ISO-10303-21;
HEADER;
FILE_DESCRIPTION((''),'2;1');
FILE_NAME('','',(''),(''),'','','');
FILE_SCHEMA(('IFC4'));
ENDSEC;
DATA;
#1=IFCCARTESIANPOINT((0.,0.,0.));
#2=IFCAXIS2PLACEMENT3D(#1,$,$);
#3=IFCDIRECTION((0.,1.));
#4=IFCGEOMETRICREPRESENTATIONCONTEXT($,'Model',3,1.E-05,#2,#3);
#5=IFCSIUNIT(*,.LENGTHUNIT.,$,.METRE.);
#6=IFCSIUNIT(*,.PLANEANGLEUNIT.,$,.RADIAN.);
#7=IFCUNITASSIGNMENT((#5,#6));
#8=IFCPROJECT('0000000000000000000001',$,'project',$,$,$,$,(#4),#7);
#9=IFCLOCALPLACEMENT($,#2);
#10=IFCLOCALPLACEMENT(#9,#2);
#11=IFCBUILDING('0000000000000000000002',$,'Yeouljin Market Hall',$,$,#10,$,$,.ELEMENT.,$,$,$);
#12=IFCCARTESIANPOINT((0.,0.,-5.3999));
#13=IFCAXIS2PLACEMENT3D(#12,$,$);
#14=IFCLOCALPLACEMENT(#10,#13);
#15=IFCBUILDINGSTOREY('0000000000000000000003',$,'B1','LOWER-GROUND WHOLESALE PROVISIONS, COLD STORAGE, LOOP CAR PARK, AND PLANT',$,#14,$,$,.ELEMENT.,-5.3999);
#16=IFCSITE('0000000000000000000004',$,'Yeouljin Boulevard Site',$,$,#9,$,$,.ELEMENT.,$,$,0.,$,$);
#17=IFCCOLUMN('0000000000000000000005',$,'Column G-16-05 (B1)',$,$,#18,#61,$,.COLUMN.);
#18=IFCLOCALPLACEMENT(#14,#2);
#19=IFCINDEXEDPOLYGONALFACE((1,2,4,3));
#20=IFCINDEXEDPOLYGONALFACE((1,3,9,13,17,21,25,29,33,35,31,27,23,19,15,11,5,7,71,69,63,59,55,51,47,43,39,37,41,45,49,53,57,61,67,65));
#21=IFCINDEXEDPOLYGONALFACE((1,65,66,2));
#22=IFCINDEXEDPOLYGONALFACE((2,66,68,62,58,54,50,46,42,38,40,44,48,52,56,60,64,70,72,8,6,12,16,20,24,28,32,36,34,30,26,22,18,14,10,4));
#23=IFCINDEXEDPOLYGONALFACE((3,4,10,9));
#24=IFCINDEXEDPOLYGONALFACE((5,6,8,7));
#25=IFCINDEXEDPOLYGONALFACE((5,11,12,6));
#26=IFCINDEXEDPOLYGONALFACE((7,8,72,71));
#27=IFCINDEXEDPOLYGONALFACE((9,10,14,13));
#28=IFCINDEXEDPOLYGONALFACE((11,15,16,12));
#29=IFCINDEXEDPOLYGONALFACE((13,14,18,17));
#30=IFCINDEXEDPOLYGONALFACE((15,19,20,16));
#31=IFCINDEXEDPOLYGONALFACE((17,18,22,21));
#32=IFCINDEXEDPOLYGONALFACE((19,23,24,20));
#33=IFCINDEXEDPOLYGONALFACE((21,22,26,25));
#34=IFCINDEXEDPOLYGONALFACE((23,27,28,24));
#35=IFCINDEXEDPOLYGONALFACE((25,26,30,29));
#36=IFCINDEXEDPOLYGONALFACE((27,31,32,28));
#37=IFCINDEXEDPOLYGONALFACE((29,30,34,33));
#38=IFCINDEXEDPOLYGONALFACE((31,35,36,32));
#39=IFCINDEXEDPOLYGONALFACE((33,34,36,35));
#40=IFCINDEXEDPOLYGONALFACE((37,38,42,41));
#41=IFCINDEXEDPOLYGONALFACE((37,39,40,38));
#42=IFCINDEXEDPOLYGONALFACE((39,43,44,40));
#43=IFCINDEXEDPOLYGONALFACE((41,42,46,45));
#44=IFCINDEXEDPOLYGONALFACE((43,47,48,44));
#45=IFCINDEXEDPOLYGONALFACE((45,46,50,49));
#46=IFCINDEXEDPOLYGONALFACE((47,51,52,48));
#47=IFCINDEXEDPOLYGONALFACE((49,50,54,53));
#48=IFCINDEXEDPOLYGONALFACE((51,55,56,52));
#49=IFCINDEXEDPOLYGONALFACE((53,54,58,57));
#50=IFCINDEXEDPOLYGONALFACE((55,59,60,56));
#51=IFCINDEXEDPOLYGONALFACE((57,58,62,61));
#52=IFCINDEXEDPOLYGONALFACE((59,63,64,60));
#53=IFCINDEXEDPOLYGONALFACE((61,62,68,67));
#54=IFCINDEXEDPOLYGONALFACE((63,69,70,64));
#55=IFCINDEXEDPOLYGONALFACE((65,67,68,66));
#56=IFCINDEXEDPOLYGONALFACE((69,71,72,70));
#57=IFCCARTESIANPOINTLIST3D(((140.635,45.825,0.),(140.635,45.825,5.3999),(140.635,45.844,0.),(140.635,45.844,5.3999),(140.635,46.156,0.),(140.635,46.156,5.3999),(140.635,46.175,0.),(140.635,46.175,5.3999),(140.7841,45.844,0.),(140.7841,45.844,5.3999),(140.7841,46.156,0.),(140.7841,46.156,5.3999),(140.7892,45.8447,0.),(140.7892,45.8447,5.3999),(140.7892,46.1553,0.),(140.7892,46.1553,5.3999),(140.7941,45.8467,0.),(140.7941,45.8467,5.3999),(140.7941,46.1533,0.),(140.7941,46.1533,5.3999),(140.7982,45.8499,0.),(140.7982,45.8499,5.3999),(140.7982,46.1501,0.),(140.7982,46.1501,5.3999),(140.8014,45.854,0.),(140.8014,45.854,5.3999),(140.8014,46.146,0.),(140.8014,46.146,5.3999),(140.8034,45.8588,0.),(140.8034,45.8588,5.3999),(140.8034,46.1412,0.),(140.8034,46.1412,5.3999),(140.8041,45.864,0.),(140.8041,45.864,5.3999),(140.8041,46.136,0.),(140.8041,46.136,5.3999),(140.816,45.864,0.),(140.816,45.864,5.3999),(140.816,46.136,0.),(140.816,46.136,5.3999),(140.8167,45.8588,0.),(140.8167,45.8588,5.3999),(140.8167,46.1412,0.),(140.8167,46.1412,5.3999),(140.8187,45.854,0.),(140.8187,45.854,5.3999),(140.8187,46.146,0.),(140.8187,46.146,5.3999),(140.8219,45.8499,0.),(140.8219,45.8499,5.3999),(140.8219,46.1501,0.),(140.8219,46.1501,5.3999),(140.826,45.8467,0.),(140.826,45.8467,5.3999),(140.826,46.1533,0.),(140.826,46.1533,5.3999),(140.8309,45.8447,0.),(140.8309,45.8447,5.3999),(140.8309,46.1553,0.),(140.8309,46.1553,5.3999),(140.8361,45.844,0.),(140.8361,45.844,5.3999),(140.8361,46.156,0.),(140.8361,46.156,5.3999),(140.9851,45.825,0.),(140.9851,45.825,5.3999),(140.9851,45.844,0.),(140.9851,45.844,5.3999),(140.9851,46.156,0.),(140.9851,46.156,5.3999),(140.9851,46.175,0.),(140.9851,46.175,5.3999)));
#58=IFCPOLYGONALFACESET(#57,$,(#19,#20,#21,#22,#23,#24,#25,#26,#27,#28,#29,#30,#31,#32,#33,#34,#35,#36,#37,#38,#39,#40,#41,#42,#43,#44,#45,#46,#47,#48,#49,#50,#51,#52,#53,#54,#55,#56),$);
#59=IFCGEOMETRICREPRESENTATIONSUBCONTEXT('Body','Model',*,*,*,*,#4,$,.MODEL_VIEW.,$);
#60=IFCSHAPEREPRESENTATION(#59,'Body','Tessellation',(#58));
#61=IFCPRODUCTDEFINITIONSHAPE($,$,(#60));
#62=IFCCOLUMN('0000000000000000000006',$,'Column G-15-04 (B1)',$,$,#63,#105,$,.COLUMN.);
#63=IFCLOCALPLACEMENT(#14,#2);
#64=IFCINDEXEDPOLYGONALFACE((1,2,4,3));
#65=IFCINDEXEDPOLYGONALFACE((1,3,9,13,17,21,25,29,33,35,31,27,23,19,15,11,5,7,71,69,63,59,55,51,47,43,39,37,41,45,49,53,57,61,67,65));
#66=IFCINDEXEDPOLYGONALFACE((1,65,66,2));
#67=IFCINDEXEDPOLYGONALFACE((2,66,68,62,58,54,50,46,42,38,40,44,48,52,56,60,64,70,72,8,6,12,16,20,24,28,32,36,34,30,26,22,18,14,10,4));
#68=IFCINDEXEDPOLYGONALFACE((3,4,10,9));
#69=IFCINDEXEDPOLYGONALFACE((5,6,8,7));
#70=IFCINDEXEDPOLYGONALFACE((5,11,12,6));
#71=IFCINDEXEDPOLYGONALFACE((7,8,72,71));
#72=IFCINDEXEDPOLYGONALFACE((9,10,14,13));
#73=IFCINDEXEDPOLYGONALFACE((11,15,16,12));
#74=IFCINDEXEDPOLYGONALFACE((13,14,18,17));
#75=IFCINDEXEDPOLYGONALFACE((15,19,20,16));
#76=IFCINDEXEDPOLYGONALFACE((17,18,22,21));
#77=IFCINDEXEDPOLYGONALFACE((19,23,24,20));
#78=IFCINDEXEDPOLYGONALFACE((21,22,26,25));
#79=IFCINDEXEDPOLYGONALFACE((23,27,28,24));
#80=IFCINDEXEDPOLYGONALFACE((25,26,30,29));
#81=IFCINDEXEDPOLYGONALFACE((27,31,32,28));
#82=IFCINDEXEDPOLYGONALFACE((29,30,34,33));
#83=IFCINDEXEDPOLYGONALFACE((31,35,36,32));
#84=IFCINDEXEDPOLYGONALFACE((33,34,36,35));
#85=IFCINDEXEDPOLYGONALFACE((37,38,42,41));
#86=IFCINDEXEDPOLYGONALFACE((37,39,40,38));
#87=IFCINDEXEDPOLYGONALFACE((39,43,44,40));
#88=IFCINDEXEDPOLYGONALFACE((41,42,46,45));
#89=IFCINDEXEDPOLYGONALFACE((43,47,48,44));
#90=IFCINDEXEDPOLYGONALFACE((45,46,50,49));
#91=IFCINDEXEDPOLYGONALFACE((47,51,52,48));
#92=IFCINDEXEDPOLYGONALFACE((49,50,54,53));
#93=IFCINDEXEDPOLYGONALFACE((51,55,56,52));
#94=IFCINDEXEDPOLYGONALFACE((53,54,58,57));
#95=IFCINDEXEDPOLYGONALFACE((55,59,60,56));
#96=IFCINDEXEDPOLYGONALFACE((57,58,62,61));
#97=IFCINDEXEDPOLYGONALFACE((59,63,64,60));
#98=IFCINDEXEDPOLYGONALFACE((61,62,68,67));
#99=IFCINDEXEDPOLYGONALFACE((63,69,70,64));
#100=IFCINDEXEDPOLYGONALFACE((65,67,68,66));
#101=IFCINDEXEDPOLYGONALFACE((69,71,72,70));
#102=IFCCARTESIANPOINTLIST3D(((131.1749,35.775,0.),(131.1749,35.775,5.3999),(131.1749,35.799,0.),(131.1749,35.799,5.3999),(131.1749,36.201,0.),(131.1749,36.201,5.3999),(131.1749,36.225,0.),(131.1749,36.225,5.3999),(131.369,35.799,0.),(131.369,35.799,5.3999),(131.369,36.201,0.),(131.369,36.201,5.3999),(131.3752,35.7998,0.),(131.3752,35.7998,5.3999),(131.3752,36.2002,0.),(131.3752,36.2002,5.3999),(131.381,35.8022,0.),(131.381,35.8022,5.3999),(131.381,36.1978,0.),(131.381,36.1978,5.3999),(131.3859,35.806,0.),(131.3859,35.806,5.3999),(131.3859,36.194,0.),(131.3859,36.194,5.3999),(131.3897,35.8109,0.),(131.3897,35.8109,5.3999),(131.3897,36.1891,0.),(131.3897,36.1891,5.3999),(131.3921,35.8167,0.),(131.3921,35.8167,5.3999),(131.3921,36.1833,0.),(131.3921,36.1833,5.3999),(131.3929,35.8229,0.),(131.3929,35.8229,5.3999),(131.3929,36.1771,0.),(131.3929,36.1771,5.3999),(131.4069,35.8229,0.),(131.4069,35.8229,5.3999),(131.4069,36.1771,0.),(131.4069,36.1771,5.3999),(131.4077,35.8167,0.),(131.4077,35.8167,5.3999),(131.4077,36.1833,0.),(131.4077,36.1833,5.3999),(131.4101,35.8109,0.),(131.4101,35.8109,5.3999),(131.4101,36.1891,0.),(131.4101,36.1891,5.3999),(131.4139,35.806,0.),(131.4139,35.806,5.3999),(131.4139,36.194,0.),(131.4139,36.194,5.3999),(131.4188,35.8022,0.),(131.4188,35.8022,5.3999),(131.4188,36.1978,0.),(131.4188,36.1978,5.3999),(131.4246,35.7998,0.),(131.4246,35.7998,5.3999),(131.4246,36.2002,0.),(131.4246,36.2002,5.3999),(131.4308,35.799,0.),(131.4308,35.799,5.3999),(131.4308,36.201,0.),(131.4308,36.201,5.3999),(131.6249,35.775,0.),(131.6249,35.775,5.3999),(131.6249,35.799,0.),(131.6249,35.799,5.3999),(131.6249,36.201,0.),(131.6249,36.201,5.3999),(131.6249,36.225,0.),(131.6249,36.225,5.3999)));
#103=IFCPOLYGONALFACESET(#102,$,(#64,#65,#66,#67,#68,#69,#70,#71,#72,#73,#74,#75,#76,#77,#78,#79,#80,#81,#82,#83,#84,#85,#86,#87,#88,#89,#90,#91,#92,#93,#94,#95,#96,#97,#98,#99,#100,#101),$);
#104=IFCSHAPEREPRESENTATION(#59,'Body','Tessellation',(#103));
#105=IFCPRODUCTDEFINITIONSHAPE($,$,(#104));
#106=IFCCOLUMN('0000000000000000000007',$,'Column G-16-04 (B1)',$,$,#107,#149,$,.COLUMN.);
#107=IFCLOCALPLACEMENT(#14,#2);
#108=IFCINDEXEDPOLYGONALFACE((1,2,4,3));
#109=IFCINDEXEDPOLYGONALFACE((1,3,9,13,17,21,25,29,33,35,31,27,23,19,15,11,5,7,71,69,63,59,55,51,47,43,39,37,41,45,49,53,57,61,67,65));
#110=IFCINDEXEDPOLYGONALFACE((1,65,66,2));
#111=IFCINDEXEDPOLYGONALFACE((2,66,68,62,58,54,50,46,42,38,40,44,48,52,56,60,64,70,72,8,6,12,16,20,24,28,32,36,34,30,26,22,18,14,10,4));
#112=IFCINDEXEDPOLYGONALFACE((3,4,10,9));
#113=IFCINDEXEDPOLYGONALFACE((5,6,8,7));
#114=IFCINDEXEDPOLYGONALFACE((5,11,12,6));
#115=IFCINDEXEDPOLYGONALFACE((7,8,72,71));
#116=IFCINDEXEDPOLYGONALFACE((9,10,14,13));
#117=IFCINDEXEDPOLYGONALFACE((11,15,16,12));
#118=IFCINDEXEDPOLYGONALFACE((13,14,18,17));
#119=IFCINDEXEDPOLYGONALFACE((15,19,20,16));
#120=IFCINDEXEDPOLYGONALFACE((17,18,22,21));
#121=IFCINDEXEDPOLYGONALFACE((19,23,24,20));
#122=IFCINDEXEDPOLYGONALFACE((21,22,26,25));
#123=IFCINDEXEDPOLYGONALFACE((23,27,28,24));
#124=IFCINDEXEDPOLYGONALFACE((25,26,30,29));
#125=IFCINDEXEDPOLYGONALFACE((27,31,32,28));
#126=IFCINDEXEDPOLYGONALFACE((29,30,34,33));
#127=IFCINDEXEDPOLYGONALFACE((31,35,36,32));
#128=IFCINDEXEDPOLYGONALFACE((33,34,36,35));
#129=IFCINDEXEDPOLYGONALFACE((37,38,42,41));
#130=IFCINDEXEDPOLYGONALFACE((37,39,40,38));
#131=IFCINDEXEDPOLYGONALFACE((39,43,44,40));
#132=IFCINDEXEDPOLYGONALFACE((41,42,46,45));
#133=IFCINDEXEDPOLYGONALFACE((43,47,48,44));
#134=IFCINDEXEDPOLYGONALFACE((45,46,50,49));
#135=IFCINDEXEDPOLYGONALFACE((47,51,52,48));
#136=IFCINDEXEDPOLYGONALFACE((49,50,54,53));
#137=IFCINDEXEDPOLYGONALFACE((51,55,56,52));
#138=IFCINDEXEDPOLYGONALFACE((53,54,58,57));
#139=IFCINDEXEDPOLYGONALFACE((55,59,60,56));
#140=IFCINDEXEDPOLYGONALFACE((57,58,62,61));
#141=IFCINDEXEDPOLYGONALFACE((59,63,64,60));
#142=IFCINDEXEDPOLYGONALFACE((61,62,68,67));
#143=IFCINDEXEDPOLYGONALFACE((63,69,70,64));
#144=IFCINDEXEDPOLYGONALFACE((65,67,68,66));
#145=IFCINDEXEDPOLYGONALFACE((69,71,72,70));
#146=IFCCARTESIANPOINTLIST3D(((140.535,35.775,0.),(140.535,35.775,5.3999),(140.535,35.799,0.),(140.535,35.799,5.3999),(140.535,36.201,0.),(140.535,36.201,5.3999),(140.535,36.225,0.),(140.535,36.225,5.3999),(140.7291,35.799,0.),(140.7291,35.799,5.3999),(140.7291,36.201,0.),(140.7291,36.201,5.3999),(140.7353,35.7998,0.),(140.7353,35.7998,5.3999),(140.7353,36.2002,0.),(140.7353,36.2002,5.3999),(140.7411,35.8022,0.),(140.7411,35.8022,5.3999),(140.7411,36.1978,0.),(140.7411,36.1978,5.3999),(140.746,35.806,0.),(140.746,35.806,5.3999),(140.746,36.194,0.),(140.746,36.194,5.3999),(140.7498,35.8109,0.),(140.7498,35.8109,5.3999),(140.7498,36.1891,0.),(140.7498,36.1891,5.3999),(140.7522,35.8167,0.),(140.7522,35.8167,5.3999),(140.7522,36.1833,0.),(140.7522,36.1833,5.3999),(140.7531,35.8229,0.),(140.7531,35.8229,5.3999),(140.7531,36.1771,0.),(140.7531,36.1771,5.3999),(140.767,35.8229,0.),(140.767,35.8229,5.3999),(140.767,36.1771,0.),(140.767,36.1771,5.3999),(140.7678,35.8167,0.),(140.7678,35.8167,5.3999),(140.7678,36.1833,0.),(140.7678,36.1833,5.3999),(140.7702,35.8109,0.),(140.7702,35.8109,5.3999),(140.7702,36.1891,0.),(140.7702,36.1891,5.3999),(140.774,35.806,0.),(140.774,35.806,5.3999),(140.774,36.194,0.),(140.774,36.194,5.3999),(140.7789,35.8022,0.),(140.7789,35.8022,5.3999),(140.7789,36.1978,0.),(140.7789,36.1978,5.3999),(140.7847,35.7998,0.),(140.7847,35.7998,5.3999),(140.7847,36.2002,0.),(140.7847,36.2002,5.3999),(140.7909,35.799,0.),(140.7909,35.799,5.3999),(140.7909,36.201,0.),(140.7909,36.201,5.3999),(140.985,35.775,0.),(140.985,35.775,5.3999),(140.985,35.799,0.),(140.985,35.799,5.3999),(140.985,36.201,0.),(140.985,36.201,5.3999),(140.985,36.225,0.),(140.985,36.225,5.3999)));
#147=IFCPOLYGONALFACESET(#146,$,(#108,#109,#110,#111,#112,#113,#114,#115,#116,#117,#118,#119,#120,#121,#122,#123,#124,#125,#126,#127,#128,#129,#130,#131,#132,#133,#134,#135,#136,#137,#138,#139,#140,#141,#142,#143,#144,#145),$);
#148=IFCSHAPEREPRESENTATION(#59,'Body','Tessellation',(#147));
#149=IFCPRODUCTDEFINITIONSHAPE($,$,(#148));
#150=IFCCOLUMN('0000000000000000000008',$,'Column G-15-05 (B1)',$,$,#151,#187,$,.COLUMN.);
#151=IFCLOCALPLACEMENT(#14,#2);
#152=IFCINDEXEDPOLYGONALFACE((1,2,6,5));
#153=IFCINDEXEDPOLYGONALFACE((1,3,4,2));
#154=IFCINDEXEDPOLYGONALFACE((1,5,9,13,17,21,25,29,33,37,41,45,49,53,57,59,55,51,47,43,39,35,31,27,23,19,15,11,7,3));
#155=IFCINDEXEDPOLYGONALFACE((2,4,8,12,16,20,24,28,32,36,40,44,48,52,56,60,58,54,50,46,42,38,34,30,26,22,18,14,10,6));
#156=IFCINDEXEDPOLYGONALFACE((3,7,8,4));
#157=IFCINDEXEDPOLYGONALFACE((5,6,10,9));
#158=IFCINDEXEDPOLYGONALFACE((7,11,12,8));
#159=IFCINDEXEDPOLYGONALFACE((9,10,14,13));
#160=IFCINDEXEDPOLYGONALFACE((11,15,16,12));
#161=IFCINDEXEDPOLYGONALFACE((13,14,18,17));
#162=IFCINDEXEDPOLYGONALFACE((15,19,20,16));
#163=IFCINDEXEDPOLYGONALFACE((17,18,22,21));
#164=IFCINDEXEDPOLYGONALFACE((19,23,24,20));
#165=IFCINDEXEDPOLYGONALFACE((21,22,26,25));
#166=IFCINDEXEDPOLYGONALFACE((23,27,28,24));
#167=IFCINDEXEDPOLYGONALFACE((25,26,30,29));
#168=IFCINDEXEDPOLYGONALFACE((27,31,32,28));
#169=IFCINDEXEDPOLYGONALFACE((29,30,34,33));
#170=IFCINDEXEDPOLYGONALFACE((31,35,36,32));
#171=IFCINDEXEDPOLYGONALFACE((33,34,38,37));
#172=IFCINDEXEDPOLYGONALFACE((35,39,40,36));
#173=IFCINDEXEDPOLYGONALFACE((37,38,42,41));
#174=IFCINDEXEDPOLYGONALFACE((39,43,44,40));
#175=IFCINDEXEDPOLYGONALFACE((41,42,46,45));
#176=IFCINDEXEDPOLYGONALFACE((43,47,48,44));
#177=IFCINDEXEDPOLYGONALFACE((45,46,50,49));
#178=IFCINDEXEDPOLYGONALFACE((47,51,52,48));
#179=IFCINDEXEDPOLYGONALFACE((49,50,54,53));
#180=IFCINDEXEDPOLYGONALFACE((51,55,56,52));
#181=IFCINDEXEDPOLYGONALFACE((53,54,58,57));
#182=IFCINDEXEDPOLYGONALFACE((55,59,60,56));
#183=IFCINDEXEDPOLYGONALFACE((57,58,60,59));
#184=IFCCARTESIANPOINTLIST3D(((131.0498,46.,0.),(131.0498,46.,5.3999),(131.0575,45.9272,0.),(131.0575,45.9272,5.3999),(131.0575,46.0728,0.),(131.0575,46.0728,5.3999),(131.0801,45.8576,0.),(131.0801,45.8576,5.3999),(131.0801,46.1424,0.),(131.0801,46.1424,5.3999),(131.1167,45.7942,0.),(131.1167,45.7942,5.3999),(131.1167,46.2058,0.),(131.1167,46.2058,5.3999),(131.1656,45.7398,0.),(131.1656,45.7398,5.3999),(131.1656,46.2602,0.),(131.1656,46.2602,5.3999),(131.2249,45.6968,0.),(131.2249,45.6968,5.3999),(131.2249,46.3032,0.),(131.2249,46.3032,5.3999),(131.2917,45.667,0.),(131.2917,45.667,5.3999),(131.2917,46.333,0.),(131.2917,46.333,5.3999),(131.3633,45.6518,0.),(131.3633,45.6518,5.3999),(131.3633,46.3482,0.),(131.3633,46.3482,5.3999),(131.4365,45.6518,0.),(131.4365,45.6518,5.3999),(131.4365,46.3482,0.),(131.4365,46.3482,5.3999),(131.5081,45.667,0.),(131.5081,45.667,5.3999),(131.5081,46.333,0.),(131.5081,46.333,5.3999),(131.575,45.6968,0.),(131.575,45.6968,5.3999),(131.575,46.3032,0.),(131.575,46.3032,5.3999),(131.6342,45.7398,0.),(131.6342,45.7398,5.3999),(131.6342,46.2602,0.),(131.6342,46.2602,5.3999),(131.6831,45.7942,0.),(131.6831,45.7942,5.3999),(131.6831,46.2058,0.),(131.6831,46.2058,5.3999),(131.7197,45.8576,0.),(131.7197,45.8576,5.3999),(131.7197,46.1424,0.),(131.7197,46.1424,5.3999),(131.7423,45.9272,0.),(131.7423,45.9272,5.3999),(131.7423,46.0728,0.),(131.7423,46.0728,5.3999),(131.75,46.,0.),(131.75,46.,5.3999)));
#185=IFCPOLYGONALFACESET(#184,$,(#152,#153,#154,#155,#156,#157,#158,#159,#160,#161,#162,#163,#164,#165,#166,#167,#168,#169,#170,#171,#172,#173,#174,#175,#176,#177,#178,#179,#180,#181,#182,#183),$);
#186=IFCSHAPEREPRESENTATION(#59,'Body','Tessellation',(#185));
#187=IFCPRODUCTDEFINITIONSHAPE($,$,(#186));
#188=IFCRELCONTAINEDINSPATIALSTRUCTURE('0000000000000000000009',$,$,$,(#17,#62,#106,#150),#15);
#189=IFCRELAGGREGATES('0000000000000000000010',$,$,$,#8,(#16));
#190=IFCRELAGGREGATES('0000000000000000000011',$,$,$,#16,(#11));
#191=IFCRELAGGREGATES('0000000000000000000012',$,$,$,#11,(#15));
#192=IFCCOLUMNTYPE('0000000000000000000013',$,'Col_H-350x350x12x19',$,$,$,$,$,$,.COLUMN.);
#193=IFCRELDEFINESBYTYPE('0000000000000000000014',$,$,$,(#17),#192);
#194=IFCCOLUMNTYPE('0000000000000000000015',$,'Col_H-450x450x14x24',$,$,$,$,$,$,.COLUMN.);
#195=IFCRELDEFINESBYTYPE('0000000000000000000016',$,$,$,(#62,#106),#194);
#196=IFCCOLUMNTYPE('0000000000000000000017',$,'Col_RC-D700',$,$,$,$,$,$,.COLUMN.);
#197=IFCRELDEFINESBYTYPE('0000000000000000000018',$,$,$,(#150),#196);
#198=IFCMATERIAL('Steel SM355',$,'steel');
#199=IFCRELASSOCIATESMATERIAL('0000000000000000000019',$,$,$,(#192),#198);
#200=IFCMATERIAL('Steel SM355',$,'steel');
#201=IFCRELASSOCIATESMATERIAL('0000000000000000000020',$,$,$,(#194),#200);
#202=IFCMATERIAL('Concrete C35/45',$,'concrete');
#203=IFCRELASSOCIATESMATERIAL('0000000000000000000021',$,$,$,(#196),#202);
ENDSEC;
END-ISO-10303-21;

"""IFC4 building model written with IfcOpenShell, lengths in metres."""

from ifc_helpers import new_model, si_unit, direction, frame, origin, origin_2d, place, context, subcontext, project, spatial, circle, i_section, extrude, material, material_profile, profile_set, type_object, element, save


model = new_model("IFC4")

# Units and contexts
model_context = context("Model", 3, precision=1e-05, world=origin(), true_north=direction((0.0, 1.0)))
body_context = subcontext(model_context, "Body", "Model", "MODEL_VIEW")
ifc_project = project(units=[si_unit("LENGTHUNIT", "METRE"), si_unit("PLANEANGLEUNIT", "RADIAN")], contexts=[model_context])

# Site, building, storey
site_placement = place(None, origin())
site = spatial("IfcSite", under=ifc_project, at=site_placement, Name="Yeouljin Boulevard Site", CompositionType="ELEMENT", RefElevation=0.0)
building_placement = place(site_placement, origin())
building = spatial("IfcBuilding", under=site, at=building_placement, Name="Yeouljin Market Hall", CompositionType="ELEMENT")
storey_placement = place(building_placement, frame((0.0, 0.0, -5.3999)))
storey = spatial("IfcBuildingStorey", under=building, at=storey_placement, Name="B1", Description="LOWER-GROUND WHOLESALE PROVISIONS, COLD STORAGE, LOOP CAR PARK, AND PLANT", CompositionType="ELEMENT", Elevation=-5.3999)

# Columns
ifc_material_1 = material(Name="Steel SM355", Category="steel")
ifc_material_profile_1 = material_profile(ifc_material_1, i_section(OverallWidth=0.3501, OverallDepth=0.3501, WebThickness=0.012, FlangeThickness=0.019, FilletRadius=0.02, at=origin_2d()), Name="H-350x350x12x19")
ifc_profile_set_1 = profile_set([ifc_material_profile_1], Name="Steel SM355")
column_type_1 = type_object("IfcColumnType", Name="Col_H-350x350x12x19", PredefinedType="COLUMN", material=ifc_profile_set_1)
for number, where, z_axis, x_axis, name in (
    (1, (140.8101, 46.0, 0.0), (0.0, 0.0, 1.0), (1.0, 0.0, 0.0), "Column G-16-05 (B1)"),
):
    element("IfcColumn", number, at=place(storey_placement, frame(where, z_axis=z_axis, x_axis=x_axis)), inside=storey, type_object=column_type_1, Name=name, PredefinedType="COLUMN", context=body_context, shape_type="SweptSolid", body=[
        extrude(i_section(OverallWidth=0.3501, OverallDepth=0.3501, WebThickness=0.012, FlangeThickness=0.019, FilletRadius=0.02, at=origin_2d()), origin(), (0.0, 0.0, 1.0), 5.3999),
    ])
ifc_material_2 = material(Name="Steel SM355", Category="steel")
ifc_material_profile_2 = material_profile(ifc_material_2, i_section(OverallWidth=0.45, OverallDepth=0.45, WebThickness=0.0139, FlangeThickness=0.0239, FilletRadius=0.0239, at=origin_2d()), Name="H-450x450x14x24")
ifc_profile_set_2 = profile_set([ifc_material_profile_2], Name="Steel SM355")
column_type_2 = type_object("IfcColumnType", Name="Col_H-450x450x14x24", PredefinedType="COLUMN", material=ifc_profile_set_2)
for number, where, z_axis, x_axis, name in (
    (2, (131.3999, 36.0, 0.0), (0.0, 0.0, 1.0), (1.0, 0.0, 0.0), "Column G-15-04 (B1)"),
    (3, (140.76, 36.0, 0.0), (0.0, 0.0, 1.0), (1.0, 0.0, 0.0), "Column G-16-04 (B1)"),
):
    element("IfcColumn", number, at=place(storey_placement, frame(where, z_axis=z_axis, x_axis=x_axis)), inside=storey, type_object=column_type_2, Name=name, PredefinedType="COLUMN", context=body_context, shape_type="SweptSolid", body=[
        extrude(i_section(OverallWidth=0.45, OverallDepth=0.45, WebThickness=0.0139, FlangeThickness=0.0239, FilletRadius=0.0239, at=origin_2d()), origin(), (0.0, 0.0, 1.0), 5.3999),
    ])
ifc_material_3 = material(Name="Concrete C35/45", Category="concrete")
ifc_material_profile_3 = material_profile(ifc_material_3, circle(Radius=0.3501, at=origin_2d()), Name="RC-D700")
ifc_profile_set_3 = profile_set([ifc_material_profile_3], Name="Concrete C35/45")
column_type_3 = type_object("IfcColumnType", Name="Col_RC-D700", PredefinedType="COLUMN", material=ifc_profile_set_3)
column_placement = place(storey_placement, frame((131.3999, 46.0, 0.0), z_axis=(0.0, 0.0, 1.0), x_axis=(1.0, 0.0, 0.0)))
element("IfcColumn", 4, at=column_placement, inside=storey, type_object=column_type_3, Name="Column G-15-05 (B1)", PredefinedType="COLUMN", context=body_context, shape_type="SweptSolid", body=[
    extrude(circle(Radius=0.3501, at=origin_2d()), origin(), (0.0, 0.0, 1.0), 5.3999),
])

save(model, "model.ifc")
